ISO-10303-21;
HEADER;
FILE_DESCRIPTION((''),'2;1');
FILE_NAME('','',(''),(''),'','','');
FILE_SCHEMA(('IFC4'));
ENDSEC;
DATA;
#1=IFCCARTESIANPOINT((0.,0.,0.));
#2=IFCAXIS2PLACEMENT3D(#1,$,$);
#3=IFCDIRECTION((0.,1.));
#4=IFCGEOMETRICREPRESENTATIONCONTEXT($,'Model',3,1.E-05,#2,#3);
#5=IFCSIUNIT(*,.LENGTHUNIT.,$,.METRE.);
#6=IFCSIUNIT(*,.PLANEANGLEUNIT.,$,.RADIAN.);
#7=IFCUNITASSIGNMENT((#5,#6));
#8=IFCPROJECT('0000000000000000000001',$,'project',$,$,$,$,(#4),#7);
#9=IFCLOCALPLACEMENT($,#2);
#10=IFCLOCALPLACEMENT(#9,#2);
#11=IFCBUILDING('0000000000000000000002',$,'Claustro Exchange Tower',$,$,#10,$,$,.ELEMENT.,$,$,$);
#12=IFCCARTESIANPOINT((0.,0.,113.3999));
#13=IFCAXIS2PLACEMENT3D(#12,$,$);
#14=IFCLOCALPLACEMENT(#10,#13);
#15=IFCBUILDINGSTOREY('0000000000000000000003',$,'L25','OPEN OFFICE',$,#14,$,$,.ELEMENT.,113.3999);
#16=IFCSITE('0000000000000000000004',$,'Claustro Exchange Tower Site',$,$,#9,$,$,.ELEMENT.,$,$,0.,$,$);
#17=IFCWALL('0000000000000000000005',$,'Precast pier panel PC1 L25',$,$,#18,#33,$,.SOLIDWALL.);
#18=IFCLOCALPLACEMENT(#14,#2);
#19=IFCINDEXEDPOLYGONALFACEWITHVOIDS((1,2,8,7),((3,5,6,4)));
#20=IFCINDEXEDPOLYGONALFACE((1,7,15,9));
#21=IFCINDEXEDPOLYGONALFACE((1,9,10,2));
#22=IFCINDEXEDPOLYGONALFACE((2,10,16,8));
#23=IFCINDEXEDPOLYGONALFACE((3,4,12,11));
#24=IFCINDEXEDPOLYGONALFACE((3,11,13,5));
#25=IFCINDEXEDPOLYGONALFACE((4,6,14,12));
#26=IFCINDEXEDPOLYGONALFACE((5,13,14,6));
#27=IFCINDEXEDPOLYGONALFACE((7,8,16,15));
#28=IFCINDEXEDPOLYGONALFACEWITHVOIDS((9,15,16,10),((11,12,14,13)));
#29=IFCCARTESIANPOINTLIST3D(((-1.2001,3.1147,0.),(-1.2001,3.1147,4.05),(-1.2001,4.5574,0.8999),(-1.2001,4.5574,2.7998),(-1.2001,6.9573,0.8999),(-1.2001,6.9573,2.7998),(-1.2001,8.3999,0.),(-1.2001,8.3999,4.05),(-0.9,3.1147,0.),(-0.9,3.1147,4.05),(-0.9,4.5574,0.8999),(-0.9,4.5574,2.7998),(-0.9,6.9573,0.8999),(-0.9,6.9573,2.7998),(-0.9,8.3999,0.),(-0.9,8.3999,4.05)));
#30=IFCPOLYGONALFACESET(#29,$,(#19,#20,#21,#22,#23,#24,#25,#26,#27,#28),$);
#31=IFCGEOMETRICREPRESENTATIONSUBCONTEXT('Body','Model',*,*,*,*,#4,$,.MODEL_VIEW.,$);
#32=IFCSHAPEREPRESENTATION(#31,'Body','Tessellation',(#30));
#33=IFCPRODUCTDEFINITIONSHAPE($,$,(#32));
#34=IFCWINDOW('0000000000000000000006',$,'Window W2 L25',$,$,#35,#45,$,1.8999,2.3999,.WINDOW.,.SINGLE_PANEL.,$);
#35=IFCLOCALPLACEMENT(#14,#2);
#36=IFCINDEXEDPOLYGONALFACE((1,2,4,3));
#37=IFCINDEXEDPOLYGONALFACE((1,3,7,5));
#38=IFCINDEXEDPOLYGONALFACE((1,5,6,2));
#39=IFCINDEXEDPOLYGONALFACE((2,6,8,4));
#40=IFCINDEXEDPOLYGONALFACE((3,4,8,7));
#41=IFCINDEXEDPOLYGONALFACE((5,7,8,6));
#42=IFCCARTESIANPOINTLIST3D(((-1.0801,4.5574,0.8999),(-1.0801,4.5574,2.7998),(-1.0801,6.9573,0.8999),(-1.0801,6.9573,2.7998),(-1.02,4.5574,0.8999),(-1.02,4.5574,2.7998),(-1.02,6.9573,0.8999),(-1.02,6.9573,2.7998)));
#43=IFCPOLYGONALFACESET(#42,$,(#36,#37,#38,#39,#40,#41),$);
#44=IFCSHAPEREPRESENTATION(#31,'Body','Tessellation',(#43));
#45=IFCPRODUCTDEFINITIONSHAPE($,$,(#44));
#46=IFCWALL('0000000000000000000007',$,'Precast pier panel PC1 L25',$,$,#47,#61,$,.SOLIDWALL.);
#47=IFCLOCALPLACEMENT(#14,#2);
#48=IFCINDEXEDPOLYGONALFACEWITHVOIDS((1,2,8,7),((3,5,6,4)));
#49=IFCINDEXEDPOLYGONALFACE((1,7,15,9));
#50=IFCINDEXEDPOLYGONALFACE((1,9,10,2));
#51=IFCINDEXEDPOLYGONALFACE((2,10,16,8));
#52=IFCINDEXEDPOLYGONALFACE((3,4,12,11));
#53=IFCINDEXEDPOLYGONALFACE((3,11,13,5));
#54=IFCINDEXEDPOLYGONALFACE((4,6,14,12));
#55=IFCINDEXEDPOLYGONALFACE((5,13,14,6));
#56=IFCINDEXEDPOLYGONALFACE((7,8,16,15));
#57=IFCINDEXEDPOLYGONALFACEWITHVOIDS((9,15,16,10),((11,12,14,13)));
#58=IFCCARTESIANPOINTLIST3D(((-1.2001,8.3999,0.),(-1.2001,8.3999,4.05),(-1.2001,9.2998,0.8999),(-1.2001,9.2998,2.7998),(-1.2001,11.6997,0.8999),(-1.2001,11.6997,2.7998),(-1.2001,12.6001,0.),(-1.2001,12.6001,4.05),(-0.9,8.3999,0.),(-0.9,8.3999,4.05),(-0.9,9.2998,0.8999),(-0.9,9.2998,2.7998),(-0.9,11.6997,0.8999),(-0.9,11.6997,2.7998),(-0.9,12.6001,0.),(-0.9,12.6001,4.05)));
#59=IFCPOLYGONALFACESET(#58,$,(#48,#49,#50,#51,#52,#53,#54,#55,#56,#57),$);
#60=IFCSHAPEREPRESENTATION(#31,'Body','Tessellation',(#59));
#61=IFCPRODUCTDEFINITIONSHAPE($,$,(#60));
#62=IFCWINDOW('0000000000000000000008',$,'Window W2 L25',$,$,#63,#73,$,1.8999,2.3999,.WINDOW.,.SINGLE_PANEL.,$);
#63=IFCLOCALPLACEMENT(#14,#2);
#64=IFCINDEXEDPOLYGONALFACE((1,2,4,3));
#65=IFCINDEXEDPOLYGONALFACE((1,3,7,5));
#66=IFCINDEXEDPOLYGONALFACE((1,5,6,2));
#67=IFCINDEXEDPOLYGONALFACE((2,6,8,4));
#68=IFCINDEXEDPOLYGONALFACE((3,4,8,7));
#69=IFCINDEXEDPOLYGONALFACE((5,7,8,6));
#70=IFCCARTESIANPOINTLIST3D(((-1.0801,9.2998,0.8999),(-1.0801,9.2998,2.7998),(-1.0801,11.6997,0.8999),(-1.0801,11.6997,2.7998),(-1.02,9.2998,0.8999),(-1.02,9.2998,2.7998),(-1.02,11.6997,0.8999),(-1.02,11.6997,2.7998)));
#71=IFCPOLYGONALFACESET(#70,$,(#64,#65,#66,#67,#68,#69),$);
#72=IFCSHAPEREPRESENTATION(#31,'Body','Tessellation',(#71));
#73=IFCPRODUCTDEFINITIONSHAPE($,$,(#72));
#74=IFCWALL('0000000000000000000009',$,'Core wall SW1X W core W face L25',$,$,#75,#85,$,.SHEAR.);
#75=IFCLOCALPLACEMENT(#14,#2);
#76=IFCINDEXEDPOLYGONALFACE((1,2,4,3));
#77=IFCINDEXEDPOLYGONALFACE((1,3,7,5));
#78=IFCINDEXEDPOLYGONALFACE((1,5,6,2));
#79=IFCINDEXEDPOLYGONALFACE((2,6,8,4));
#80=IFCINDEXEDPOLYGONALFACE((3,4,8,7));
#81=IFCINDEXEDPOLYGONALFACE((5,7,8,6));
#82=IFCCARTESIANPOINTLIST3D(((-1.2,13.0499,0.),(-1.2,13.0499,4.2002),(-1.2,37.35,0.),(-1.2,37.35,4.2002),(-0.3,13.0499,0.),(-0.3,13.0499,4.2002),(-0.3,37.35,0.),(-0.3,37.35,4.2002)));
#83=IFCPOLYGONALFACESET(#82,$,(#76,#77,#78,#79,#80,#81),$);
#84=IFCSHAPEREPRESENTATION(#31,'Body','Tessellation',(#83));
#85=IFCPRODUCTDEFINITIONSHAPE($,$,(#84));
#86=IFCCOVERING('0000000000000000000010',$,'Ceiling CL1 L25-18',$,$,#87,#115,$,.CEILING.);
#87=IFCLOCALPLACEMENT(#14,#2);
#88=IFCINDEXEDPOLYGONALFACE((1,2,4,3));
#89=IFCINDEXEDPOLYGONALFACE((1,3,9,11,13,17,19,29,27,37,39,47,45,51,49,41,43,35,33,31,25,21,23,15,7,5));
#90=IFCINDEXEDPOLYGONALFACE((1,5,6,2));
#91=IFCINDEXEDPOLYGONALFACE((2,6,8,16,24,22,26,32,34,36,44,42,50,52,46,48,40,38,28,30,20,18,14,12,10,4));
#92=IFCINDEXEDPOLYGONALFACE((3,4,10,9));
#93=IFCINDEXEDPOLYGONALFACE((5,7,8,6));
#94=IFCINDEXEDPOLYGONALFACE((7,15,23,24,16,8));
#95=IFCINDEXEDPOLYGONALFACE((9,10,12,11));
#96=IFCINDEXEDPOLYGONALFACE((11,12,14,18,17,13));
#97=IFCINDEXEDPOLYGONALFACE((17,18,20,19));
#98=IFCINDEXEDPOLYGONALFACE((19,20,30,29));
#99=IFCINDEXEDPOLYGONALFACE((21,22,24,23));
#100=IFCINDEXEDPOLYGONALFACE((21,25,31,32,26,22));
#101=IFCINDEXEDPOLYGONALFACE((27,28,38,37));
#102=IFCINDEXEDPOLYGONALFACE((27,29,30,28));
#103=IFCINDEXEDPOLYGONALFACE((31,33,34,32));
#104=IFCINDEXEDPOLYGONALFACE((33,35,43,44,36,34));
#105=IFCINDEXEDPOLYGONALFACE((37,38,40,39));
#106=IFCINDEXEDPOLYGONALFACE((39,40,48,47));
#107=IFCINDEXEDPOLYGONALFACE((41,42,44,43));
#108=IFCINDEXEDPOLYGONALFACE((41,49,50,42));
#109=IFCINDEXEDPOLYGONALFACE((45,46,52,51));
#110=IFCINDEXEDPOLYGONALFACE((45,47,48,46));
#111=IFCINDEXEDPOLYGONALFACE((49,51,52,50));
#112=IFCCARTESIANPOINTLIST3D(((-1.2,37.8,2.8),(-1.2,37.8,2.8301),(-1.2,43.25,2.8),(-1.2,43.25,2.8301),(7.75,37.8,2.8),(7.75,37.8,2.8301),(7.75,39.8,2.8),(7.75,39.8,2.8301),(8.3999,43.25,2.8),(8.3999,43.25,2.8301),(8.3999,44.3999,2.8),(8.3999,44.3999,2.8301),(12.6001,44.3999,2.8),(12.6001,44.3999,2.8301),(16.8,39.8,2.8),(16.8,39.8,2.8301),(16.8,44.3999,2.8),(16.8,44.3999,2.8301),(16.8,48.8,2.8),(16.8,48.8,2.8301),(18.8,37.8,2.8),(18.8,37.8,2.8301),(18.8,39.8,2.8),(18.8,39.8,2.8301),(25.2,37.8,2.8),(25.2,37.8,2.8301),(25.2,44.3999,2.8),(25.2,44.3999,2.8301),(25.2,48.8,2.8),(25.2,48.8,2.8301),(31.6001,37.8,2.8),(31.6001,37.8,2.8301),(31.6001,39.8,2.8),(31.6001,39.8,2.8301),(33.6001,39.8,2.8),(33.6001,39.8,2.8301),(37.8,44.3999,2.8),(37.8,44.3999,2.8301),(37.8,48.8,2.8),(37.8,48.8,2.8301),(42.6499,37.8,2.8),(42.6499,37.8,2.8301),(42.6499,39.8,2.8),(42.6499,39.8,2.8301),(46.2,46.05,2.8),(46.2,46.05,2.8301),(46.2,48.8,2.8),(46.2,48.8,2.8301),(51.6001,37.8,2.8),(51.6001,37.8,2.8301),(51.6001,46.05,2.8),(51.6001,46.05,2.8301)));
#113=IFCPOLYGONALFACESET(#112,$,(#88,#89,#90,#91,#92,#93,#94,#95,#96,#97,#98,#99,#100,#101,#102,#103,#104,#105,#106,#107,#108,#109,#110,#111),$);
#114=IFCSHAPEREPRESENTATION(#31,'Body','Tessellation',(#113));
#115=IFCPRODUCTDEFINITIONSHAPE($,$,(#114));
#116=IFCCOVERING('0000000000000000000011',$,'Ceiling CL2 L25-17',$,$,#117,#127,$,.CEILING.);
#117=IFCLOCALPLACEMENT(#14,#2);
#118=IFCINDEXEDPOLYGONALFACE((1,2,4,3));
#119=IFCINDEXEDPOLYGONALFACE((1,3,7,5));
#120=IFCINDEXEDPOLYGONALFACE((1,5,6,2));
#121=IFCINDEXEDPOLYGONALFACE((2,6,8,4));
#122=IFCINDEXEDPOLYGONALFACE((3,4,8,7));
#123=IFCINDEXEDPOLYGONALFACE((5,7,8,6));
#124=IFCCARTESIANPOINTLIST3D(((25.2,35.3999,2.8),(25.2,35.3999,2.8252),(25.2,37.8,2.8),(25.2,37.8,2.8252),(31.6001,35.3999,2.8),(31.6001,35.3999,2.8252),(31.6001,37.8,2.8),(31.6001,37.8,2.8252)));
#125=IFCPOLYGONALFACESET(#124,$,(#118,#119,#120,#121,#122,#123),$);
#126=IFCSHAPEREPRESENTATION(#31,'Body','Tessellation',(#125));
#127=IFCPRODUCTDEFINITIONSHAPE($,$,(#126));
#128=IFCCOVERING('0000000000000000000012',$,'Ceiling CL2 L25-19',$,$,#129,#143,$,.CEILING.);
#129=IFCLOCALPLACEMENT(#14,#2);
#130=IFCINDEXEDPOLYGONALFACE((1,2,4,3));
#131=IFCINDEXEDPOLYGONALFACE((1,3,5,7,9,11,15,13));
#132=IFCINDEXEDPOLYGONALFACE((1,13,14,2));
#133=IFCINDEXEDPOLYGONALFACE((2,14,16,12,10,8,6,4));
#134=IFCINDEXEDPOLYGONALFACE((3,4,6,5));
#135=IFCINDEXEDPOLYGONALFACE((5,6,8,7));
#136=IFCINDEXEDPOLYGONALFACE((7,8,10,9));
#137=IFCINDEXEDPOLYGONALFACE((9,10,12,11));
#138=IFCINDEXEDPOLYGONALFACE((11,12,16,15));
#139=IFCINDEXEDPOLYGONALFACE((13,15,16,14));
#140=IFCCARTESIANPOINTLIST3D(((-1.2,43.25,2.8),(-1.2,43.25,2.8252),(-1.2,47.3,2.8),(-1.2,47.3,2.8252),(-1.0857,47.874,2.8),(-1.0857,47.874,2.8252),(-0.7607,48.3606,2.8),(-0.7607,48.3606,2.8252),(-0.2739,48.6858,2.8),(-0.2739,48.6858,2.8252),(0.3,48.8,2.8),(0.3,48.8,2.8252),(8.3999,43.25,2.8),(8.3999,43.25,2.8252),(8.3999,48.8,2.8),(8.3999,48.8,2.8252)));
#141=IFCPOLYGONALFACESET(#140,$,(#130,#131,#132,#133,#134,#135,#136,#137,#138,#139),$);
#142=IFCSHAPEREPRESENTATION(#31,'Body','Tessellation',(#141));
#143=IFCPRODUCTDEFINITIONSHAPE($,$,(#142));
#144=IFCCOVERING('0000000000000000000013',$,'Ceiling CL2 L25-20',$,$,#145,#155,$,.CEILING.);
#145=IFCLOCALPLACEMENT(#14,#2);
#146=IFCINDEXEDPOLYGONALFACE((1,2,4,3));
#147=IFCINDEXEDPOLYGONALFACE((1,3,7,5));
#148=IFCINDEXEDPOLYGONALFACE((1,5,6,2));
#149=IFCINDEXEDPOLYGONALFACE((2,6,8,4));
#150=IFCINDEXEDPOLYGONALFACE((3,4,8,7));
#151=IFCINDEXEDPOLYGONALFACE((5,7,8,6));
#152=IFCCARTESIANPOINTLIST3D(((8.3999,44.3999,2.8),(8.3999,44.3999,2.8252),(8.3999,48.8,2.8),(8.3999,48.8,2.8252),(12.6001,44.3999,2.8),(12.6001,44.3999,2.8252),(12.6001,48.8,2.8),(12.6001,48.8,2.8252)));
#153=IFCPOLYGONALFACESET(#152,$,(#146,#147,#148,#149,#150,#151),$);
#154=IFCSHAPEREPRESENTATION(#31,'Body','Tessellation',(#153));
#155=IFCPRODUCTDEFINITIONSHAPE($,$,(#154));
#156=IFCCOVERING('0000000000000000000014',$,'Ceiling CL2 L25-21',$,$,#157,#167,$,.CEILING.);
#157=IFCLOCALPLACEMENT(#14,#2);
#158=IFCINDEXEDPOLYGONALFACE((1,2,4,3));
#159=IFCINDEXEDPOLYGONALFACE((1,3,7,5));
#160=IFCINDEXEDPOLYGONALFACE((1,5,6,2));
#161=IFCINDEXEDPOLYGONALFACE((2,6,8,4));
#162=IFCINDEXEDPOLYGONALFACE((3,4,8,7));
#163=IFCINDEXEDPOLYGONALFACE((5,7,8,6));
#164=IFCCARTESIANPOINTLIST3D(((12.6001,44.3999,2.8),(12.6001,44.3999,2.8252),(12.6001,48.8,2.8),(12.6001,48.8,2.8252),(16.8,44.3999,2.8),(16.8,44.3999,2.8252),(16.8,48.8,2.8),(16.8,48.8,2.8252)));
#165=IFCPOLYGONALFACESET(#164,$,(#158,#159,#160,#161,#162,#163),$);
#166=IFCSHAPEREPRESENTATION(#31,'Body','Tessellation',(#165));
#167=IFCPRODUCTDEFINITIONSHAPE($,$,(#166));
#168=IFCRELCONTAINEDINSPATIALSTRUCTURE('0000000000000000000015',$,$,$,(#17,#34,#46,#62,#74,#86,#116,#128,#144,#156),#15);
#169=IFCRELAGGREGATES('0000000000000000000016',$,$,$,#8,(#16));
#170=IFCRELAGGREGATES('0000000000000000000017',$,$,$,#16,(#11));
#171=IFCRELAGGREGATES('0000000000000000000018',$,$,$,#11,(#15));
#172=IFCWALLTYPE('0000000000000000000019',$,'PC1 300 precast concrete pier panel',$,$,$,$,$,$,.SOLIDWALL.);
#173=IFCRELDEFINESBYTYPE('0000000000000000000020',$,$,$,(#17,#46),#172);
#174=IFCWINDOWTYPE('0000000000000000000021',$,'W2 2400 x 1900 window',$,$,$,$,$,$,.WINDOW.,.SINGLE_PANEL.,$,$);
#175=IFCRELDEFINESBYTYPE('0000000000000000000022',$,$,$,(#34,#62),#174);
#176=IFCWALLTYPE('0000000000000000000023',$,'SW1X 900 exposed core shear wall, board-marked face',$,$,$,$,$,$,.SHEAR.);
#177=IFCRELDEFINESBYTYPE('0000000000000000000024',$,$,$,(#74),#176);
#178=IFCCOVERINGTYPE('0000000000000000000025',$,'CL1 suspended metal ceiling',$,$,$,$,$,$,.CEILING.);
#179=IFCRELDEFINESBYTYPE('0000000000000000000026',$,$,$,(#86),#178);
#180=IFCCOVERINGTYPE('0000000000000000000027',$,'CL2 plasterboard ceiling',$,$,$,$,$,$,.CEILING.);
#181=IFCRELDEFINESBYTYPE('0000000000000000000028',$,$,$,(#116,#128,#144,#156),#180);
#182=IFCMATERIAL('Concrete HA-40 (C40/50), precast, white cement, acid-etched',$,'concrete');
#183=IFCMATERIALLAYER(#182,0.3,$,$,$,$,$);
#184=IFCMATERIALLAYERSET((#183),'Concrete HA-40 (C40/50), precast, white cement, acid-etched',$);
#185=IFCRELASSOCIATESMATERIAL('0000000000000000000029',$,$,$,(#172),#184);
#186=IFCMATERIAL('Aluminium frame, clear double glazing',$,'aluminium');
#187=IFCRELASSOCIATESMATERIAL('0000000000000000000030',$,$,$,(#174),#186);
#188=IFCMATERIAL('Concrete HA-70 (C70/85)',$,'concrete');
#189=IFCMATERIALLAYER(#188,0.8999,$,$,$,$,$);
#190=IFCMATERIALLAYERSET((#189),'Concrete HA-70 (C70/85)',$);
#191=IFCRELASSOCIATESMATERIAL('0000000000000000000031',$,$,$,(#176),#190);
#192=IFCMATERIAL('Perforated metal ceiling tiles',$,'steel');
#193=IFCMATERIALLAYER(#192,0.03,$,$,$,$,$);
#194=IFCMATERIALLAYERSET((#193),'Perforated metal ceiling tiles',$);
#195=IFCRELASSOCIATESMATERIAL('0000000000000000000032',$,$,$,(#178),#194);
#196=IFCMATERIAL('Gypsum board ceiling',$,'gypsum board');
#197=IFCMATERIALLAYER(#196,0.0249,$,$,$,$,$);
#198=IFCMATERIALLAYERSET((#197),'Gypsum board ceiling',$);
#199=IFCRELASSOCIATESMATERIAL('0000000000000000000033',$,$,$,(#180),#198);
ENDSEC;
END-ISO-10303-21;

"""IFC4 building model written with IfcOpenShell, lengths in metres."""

from ifc_helpers import new_model, si_unit, direction, frame, frame_2d, origin, place, context, subcontext, project, spatial, polyline, rectangle, outline, extrude, material, layer, layer_set, type_object, element, fill, save


model = new_model("IFC4")

# Units and contexts
model_context = context("Model", 3, precision=1e-05, world=origin(), true_north=direction((0.0, 1.0)))
body_context = subcontext(model_context, "Body", "Model", "MODEL_VIEW")
ifc_project = project(units=[si_unit("LENGTHUNIT", "METRE"), si_unit("PLANEANGLEUNIT", "RADIAN")], contexts=[model_context])

# Site, building, storey
site_placement = place(None, origin())
site = spatial("IfcSite", under=ifc_project, at=site_placement, Name="Claustro Exchange Tower Site", CompositionType="ELEMENT", RefElevation=0.0)
building_placement = place(site_placement, origin())
building = spatial("IfcBuilding", under=site, at=building_placement, Name="Claustro Exchange Tower", CompositionType="ELEMENT")
storey_placement = place(building_placement, frame((0.0, 0.0, 113.3999)))
storey = spatial("IfcBuildingStorey", under=building, at=storey_placement, Name="L25", Description="OPEN OFFICE", CompositionType="ELEMENT", Elevation=113.3999)

# Shared definitions
ifc_material_1 = material(Name="Concrete HA-40 (C40/50), precast, white cement, acid-etched", Category="concrete")
ifc_layer_1 = layer(ifc_material_1, 0.3)
ifc_layer_set_1 = layer_set([ifc_layer_1], Name="Concrete HA-40 (C40/50), precast, white cement, acid-etched")
wall_type_1 = type_object("IfcWallType", Name="PC1 300 precast concrete pier panel", PredefinedType="SOLIDWALL", material=ifc_layer_set_1)

# Walls, openings, windows
wall_1_placement = place(storey_placement, frame((-1.05, 3.1147, 0.0), z_axis=(0.0, 0.0, 1.0), x_axis=(0.0, 1.0, 0.0)))
wall_1 = element("IfcWall", 1, at=wall_1_placement, inside=storey, type_object=wall_type_1, Name="Precast pier panel PC1 L25", PredefinedType="SOLIDWALL", context=body_context, shape_type="SweptSolid", body=[
    extrude(rectangle(XDim=5.2852, YDim=0.3, at=frame_2d((2.6426, 0.0))), origin(), (0.0, 0.0, 1.0), 4.05),
])
opening_1_placement = place(wall_1_placement, frame((1.4426, 0.0, 0.8999)))
opening_1 = element("IfcOpeningElement", 2, at=opening_1_placement, cuts=wall_1, PredefinedType="OPENING", context=body_context, shape_type="SweptSolid", body=[
    extrude(rectangle(XDim=2.3999, YDim=1.8999, at=frame_2d((1.2, 0.95))), frame((0.0, 0.1599, 0.0), z_axis=(0.0, -1.0, 0.0), x_axis=(1.0, 0.0, 0.0)), (0.0, 0.0, 1.0), 0.3201),
])
ifc_material_2 = material(Name="Aluminium frame, clear double glazing", Category="aluminium")
window_type = type_object("IfcWindowType", Name="W2 2400 x 1900 window", PartitioningType="SINGLE_PANEL", PredefinedType="WINDOW", material=ifc_material_2)
window_1_placement = place(opening_1_placement, origin())
window_1 = element("IfcWindow", 3, at=window_1_placement, inside=storey, type_object=window_type, Name="Window W2 L25", OverallHeight=1.8999, OverallWidth=2.3999, PartitioningType="SINGLE_PANEL", PredefinedType="WINDOW", context=body_context, shape_type="SweptSolid", body=[
    extrude(rectangle(XDim=2.3999, YDim=1.8999, at=frame_2d((1.2, 0.95))), frame((0.0, 0.03, 0.0), z_axis=(0.0, -1.0, 0.0), x_axis=(1.0, 0.0, 0.0)), (0.0, 0.0, 1.0), 0.0601),
])
fill(opening_1, window_1)
wall_2_placement = place(storey_placement, frame((-1.05, 8.3999, 0.0), z_axis=(0.0, 0.0, 1.0), x_axis=(0.0, 1.0, 0.0)))
wall_2 = element("IfcWall", 4, at=wall_2_placement, inside=storey, type_object=wall_type_1, Name="Precast pier panel PC1 L25", PredefinedType="SOLIDWALL", context=body_context, shape_type="SweptSolid", body=[
    extrude(rectangle(XDim=4.2002, YDim=0.3, at=frame_2d((2.1001, 0.0))), origin(), (0.0, 0.0, 1.0), 4.05),
])
opening_2_placement = place(wall_2_placement, frame((0.8999, 0.0, 0.8999)))
opening_2 = element("IfcOpeningElement", 5, at=opening_2_placement, cuts=wall_2, PredefinedType="OPENING", context=body_context, shape_type="SweptSolid", body=[
    extrude(rectangle(XDim=2.3999, YDim=1.8999, at=frame_2d((1.2, 0.95))), frame((0.0, 0.1599, 0.0), z_axis=(0.0, -1.0, 0.0), x_axis=(1.0, 0.0, 0.0)), (0.0, 0.0, 1.0), 0.3201),
])
window_2_placement = place(opening_2_placement, origin())
window_2 = element("IfcWindow", 6, at=window_2_placement, inside=storey, type_object=window_type, Name="Window W2 L25", OverallHeight=1.8999, OverallWidth=2.3999, PartitioningType="SINGLE_PANEL", PredefinedType="WINDOW", context=body_context, shape_type="SweptSolid", body=[
    extrude(rectangle(XDim=2.3999, YDim=1.8999, at=frame_2d((1.2, 0.95))), frame((0.0, 0.03, 0.0), z_axis=(0.0, -1.0, 0.0), x_axis=(1.0, 0.0, 0.0)), (0.0, 0.0, 1.0), 0.0601),
])
fill(opening_2, window_2)

# Wall
ifc_material_3 = material(Name="Concrete HA-70 (C70/85)", Category="concrete")
ifc_layer_2 = layer(ifc_material_3, 0.8999)
ifc_layer_set_2 = layer_set([ifc_layer_2], Name="Concrete HA-70 (C70/85)")
wall_type_2 = type_object("IfcWallType", Name="SW1X 900 exposed core shear wall, board-marked face", PredefinedType="SHEAR", material=ifc_layer_set_2)
wall_3_placement = place(storey_placement, frame((-0.75, 13.05, 0.0), z_axis=(0.0, 0.0, 1.0), x_axis=(0.0, 1.0, 0.0)))
element("IfcWall", 7, at=wall_3_placement, inside=storey, type_object=wall_type_2, Name="Core wall SW1X W core W face L25", PredefinedType="SHEAR", context=body_context, shape_type="SweptSolid", body=[
    extrude(rectangle(XDim=24.3, YDim=0.8999, at=frame_2d((12.1499, 0.0))), origin(), (0.0, 0.0, 1.0), 4.2002),
])

# Coverings
ifc_material_4 = material(Name="Perforated metal ceiling tiles", Category="steel")
ifc_layer_3 = layer(ifc_material_4, 0.03)
ifc_layer_set_3 = layer_set([ifc_layer_3], Name="Perforated metal ceiling tiles")
covering_type_1 = type_object("IfcCoveringType", Name="CL1 suspended metal ceiling", PredefinedType="CEILING", material=ifc_layer_set_3)
covering_1_placement = place(storey_placement, frame((0.0, 0.0, 2.8)))
element("IfcCovering", 8, at=covering_1_placement, inside=storey, type_object=covering_type_1, Name="Ceiling CL1 L25-18", PredefinedType="CEILING", context=body_context, shape_type="SweptSolid", body=[
    extrude(outline(polyline([(-1.2, 43.25), (-1.2, 37.8), (7.75, 37.8), (7.75, 39.8), (16.8, 39.8), (18.8, 39.8), (18.8, 37.8), (25.2, 37.8), (31.6001, 37.8), (31.6001, 39.8), (33.6001, 39.8), (42.6499, 39.8), (42.6499, 37.8), (51.6001, 37.8), (51.6001, 46.05), (46.2, 46.05), (46.2, 48.8), (37.8, 48.8), (37.8, 44.3999), (25.2, 44.3999), (25.2, 48.8), (16.8, 48.8), (16.8, 44.3999), (12.6001, 44.3999), (8.3999, 44.3999), (8.3999, 43.25), (-1.2, 43.25)])), origin(), (0.0, 0.0, 1.0), 0.03),
])
ifc_material_5 = material(Name="Gypsum board ceiling", Category="gypsum board")
ifc_layer_4 = layer(ifc_material_5, 0.0249)
ifc_layer_set_4 = layer_set([ifc_layer_4], Name="Gypsum board ceiling")
covering_type_2 = type_object("IfcCoveringType", Name="CL2 plasterboard ceiling", PredefinedType="CEILING", material=ifc_layer_set_4)
covering_2_placement = place(storey_placement, frame((0.0, 0.0, 2.8)))
element("IfcCovering", 9, at=covering_2_placement, inside=storey, type_object=covering_type_2, Name="Ceiling CL2 L25-17", PredefinedType="CEILING", context=body_context, shape_type="SweptSolid", body=[
    extrude(outline(polyline([(25.2, 35.3999), (31.6001, 35.3999), (31.6001, 37.8), (25.2, 37.8), (25.2, 35.3999)])), origin(), (0.0, 0.0, 1.0), 0.0251),
])
covering_3_placement = place(storey_placement, frame((0.0, 0.0, 2.8)))
element("IfcCovering", 10, at=covering_3_placement, inside=storey, type_object=covering_type_2, Name="Ceiling CL2 L25-19", PredefinedType="CEILING", context=body_context, shape_type="SweptSolid", body=[
    extrude(outline(polyline([(-1.2, 47.3), (-1.2, 43.25), (8.3999, 43.25), (8.3999, 48.8), (0.3, 48.8), (-0.2739, 48.6858), (-0.7607, 48.3606), (-1.0857, 47.874), (-1.2, 47.3)])), origin(), (0.0, 0.0, 1.0), 0.0251),
])
covering_4_placement = place(storey_placement, frame((0.0, 0.0, 2.8)))
element("IfcCovering", 11, at=covering_4_placement, inside=storey, type_object=covering_type_2, Name="Ceiling CL2 L25-20", PredefinedType="CEILING", context=body_context, shape_type="SweptSolid", body=[
    extrude(outline(polyline([(12.6001, 48.8), (8.3999, 48.8), (8.3999, 44.3999), (12.6001, 44.3999), (12.6001, 48.8)])), origin(), (0.0, 0.0, 1.0), 0.0251),
])
covering_5_placement = place(storey_placement, frame((0.0, 0.0, 2.8)))
element("IfcCovering", 12, at=covering_5_placement, inside=storey, type_object=covering_type_2, Name="Ceiling CL2 L25-21", PredefinedType="CEILING", context=body_context, shape_type="SweptSolid", body=[
    extrude(outline(polyline([(16.8, 48.8), (12.6001, 48.8), (12.6001, 44.3999), (16.8, 44.3999), (16.8, 48.8)])), origin(), (0.0, 0.0, 1.0), 0.0251),
])

save(model, "model.ifc")
